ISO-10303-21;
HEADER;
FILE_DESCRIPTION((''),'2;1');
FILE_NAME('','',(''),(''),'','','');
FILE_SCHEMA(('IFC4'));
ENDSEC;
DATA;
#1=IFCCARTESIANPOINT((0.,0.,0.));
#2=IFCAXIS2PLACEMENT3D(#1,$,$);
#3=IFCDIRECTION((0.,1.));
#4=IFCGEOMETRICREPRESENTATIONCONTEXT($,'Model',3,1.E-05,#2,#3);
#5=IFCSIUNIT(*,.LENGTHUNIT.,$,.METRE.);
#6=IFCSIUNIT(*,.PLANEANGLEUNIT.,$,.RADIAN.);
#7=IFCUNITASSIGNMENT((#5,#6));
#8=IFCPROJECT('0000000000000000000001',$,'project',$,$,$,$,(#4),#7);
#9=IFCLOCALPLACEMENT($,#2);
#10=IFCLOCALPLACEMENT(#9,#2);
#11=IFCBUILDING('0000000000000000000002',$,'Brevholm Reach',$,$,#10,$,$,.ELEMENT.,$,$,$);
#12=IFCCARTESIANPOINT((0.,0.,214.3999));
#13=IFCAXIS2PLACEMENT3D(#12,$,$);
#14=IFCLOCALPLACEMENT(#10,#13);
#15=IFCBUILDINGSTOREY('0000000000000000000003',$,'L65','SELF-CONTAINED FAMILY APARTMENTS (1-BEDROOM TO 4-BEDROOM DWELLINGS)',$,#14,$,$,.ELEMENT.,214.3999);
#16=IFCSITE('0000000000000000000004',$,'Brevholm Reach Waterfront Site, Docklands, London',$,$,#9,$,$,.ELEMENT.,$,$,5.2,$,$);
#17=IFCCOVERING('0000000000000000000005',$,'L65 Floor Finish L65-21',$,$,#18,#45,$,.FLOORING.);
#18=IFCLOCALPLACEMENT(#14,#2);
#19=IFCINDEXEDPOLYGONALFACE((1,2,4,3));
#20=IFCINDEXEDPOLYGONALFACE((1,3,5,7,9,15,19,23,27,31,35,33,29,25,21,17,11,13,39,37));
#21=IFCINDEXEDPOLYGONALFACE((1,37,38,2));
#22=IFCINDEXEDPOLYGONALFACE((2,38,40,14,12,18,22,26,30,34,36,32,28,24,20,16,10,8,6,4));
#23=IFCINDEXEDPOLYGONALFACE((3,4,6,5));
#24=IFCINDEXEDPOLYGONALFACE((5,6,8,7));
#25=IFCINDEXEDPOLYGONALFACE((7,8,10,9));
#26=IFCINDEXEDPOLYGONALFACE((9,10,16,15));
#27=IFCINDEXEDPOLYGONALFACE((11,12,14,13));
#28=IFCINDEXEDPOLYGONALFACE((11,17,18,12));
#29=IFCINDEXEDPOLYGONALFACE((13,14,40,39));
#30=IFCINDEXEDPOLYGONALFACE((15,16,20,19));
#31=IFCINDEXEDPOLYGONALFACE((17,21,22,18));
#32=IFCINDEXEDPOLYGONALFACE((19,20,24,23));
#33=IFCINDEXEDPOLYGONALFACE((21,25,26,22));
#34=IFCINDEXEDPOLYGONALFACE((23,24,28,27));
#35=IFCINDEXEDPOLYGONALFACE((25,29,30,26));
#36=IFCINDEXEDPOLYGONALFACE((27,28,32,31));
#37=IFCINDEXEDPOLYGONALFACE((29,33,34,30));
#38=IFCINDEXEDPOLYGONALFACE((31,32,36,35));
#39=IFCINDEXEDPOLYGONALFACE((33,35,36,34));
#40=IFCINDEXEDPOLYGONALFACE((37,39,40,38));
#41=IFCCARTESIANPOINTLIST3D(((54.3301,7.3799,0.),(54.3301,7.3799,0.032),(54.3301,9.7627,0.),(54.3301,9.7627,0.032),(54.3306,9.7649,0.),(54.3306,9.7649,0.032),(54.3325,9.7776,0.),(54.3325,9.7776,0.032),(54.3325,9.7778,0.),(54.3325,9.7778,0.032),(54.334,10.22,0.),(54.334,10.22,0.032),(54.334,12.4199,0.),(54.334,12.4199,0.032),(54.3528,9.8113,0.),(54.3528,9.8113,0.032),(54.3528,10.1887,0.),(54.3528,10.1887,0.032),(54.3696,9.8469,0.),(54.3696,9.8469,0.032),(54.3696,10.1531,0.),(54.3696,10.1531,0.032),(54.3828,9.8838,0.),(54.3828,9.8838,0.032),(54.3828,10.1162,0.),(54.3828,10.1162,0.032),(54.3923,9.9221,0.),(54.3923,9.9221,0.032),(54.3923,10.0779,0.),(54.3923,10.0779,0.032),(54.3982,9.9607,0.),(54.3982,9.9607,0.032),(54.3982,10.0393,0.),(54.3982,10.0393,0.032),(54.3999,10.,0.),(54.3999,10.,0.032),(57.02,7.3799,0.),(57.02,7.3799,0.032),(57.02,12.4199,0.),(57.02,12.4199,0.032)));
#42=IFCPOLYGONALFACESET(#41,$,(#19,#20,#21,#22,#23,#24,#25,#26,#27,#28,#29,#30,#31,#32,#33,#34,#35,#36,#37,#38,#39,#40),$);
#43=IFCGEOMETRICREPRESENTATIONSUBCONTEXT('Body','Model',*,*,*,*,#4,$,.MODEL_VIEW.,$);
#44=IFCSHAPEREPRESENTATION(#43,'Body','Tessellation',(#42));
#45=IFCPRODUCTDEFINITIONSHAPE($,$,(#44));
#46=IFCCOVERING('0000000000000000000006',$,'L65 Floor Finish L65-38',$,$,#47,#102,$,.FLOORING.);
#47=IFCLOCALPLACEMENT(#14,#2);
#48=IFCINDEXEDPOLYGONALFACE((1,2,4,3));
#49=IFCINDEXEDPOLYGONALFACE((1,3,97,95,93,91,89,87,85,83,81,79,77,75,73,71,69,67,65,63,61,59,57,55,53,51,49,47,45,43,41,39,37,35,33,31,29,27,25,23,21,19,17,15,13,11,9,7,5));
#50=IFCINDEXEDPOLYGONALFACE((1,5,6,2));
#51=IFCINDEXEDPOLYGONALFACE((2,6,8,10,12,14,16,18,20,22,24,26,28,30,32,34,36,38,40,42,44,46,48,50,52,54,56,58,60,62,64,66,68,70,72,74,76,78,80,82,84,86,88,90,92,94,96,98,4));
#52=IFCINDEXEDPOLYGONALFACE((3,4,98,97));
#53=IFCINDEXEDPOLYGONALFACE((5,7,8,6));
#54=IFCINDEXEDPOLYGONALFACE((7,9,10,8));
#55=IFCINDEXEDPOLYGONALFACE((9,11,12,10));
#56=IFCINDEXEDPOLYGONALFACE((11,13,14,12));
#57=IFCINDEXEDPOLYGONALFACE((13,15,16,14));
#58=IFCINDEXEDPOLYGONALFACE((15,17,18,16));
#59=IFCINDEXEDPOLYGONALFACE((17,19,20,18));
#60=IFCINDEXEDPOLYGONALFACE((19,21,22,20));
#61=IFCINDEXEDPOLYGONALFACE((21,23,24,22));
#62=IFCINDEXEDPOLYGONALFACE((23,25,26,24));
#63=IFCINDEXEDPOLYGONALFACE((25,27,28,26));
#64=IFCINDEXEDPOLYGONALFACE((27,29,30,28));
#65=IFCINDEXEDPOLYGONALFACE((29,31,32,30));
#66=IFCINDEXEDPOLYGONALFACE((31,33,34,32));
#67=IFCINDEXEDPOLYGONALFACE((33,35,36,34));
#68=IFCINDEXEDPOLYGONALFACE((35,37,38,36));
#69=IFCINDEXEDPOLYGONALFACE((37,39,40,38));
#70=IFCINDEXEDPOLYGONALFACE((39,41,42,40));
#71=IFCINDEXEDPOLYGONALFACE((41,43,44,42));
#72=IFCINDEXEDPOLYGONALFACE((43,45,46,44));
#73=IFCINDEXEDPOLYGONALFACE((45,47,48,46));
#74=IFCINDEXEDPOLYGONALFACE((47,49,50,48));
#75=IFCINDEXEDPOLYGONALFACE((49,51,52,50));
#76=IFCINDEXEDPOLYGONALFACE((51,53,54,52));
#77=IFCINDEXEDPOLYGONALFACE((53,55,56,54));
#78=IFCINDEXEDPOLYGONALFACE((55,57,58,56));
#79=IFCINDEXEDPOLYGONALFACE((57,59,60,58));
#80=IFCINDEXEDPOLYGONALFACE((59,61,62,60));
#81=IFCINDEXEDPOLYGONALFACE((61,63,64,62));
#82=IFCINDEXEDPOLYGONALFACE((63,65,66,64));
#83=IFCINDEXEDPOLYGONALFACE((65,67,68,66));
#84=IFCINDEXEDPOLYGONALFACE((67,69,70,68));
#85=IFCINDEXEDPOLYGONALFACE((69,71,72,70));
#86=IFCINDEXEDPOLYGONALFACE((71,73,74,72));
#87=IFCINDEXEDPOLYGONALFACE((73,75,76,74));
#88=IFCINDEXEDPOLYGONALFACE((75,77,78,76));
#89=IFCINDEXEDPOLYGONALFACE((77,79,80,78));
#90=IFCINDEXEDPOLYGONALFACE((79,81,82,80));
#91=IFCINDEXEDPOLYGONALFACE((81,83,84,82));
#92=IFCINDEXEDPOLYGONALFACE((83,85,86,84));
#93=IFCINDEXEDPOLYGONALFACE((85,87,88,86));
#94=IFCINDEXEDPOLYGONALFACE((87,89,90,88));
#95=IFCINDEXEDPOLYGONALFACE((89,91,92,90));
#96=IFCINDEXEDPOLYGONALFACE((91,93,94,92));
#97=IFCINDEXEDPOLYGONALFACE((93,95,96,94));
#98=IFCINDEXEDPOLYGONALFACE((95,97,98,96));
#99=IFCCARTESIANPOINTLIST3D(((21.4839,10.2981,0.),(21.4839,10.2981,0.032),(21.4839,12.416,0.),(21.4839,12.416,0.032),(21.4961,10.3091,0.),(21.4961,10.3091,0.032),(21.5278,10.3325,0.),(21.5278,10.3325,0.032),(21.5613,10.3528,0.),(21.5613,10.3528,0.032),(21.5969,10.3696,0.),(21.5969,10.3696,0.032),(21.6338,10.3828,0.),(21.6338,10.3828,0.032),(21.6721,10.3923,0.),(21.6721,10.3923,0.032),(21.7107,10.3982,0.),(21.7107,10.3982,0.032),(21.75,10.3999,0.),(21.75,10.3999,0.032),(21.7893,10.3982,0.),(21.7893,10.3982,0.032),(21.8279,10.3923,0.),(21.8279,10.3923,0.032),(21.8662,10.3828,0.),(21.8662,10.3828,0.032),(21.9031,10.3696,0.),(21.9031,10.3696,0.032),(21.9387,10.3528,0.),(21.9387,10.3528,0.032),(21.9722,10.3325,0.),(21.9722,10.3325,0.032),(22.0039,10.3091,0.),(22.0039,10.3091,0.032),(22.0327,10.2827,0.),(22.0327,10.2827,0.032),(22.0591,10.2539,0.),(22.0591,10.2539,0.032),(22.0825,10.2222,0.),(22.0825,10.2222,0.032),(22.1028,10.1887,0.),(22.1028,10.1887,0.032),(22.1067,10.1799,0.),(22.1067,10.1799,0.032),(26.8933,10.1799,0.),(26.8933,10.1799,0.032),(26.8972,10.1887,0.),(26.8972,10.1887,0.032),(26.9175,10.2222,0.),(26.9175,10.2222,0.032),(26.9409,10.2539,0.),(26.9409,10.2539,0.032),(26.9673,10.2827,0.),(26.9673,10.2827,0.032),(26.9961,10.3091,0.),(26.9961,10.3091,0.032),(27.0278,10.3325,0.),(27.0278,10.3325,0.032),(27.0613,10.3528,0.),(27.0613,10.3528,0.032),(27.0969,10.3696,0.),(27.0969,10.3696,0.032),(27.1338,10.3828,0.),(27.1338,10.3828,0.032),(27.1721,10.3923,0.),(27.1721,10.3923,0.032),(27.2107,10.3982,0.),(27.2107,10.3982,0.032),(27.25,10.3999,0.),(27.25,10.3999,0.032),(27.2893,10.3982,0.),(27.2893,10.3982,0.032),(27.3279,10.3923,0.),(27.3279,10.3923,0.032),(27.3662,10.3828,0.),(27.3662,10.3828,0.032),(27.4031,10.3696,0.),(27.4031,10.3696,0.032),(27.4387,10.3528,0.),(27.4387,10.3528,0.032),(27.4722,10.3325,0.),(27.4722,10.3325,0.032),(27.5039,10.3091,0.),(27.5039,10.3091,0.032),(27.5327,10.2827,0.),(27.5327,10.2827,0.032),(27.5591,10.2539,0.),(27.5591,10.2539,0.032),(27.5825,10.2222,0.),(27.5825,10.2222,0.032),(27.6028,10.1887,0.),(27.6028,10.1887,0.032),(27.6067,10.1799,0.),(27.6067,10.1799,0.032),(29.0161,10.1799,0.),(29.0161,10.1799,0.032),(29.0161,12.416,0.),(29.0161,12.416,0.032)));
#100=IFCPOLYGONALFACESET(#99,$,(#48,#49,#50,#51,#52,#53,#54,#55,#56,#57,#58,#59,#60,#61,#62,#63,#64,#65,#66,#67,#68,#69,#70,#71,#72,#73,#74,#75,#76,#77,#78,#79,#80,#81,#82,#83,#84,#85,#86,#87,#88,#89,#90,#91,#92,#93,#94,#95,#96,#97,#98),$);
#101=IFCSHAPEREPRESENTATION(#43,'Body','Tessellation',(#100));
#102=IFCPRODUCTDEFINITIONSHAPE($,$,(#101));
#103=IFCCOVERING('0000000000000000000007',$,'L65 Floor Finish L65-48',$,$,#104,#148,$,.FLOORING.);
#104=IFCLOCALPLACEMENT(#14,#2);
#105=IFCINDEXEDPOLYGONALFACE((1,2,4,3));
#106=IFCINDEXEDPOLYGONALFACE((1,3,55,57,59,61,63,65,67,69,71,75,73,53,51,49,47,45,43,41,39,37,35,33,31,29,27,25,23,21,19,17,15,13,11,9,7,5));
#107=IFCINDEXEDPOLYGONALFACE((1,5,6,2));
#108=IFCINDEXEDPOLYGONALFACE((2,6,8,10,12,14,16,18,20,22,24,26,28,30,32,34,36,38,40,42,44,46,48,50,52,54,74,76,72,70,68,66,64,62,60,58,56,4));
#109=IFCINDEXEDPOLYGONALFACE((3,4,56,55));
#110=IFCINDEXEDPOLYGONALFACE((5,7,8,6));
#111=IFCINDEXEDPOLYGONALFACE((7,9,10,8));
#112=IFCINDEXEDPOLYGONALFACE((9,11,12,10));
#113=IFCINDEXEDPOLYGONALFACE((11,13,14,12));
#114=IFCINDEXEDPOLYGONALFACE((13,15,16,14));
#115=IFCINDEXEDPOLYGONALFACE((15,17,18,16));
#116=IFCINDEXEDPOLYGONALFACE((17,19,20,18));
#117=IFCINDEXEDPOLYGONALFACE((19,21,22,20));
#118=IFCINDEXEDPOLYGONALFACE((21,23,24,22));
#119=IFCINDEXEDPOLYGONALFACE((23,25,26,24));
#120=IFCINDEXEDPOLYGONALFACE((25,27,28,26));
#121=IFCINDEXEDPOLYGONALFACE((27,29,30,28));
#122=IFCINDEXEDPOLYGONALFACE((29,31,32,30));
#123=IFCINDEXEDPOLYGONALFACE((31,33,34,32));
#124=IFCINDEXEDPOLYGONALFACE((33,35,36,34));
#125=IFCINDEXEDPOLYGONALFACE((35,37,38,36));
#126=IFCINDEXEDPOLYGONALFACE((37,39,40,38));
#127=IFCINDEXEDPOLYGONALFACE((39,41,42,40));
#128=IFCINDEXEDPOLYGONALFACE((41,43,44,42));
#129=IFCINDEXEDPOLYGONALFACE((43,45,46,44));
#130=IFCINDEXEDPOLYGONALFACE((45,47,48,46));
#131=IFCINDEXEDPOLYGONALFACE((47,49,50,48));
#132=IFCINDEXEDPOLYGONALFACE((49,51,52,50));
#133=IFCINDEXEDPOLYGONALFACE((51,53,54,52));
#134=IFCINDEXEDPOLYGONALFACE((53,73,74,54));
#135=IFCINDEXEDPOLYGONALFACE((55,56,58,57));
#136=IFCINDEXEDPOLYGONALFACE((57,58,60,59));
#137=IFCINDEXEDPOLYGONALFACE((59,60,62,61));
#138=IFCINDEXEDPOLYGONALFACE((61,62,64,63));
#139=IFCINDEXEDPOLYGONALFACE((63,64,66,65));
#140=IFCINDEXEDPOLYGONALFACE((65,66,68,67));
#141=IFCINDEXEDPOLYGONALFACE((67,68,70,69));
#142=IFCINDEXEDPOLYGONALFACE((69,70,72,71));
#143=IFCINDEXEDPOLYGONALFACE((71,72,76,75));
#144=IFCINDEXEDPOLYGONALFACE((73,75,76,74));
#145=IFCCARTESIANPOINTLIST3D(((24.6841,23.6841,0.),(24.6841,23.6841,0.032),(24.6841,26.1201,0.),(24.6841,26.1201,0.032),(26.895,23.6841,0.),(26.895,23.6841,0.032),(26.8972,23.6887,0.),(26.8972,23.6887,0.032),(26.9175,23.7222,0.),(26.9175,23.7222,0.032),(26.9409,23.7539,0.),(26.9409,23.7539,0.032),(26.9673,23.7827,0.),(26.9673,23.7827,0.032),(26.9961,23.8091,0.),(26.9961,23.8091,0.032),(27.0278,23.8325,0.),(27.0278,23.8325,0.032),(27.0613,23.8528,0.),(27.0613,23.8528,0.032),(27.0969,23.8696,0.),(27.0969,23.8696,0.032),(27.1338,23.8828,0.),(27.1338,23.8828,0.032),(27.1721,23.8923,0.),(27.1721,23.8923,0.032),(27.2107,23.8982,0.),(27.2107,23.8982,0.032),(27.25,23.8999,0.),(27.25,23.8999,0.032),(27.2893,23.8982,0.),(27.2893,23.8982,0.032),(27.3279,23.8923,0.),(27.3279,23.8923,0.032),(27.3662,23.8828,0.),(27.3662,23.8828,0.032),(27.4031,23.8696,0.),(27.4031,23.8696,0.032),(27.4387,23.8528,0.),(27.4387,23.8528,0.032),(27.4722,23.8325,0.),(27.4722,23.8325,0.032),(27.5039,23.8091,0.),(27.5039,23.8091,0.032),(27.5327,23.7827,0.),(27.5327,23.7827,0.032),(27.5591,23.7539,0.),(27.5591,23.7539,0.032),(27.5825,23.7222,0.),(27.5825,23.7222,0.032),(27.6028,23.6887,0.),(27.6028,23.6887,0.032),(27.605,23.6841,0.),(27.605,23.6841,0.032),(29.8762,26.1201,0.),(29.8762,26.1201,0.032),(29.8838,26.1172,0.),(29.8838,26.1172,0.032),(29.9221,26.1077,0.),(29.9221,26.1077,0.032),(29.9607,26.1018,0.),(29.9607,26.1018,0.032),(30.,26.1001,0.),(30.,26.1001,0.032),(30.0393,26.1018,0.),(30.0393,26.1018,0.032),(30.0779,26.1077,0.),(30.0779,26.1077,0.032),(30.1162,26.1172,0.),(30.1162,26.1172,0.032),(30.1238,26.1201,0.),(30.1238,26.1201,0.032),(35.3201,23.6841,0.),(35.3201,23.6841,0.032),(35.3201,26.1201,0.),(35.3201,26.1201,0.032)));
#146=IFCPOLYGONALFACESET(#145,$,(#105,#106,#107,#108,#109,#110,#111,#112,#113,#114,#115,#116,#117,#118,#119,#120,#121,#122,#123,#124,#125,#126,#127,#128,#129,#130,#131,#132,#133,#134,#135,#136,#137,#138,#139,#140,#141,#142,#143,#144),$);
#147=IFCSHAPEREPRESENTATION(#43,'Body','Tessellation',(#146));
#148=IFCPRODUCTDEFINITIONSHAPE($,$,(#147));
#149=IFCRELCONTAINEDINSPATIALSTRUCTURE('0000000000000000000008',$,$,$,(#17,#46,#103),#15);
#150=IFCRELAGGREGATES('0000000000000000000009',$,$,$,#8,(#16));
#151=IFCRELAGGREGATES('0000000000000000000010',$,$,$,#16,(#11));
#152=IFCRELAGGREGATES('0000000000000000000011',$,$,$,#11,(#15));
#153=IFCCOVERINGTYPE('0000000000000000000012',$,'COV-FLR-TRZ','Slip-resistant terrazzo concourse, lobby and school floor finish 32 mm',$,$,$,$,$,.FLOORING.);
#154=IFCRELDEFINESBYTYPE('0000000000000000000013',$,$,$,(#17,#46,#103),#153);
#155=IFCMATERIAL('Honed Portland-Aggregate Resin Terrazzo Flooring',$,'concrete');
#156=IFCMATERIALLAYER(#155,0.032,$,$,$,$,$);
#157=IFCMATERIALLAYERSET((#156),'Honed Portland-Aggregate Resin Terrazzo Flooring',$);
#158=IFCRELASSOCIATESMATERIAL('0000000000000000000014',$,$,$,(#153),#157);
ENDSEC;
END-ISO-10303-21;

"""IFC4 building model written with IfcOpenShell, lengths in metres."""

from ifc_helpers import new_model, si_unit, direction, frame, origin, place, context, subcontext, project, spatial, polyline, outline, extrude, material, layer, layer_set, type_object, element, save


model = new_model("IFC4")

# Units and contexts
model_context = context("Model", 3, precision=1e-05, world=origin(), true_north=direction((0.0, 1.0)))
body_context = subcontext(model_context, "Body", "Model", "MODEL_VIEW")
ifc_project = project(units=[si_unit("LENGTHUNIT", "METRE"), si_unit("PLANEANGLEUNIT", "RADIAN")], contexts=[model_context])

# Site, building, storey
site_placement = place(None, origin())
site = spatial("IfcSite", under=ifc_project, at=site_placement, Name="Brevholm Reach Waterfront Site, Docklands, London", CompositionType="ELEMENT", RefElevation=5.2)
building_placement = place(site_placement, origin())
building = spatial("IfcBuilding", under=site, at=building_placement, Name="Brevholm Reach", CompositionType="ELEMENT")
storey_placement = place(building_placement, frame((0.0, 0.0, 214.3999)))
storey = spatial("IfcBuildingStorey", under=building, at=storey_placement, Name="L65", Description="SELF-CONTAINED FAMILY APARTMENTS (1-BEDROOM TO 4-BEDROOM DWELLINGS)", CompositionType="ELEMENT", Elevation=214.3999)

# Coverings
ifc_material_1 = material(Name="Honed Portland-Aggregate Resin Terrazzo Flooring", Category="concrete")
ifc_layer_1 = layer(ifc_material_1, 0.032)
ifc_layer_set_1 = layer_set([ifc_layer_1], Name="Honed Portland-Aggregate Resin Terrazzo Flooring")
covering_type_1 = type_object("IfcCoveringType", Name="COV-FLR-TRZ", Description="Slip-resistant terrazzo concourse, lobby and school floor finish 32 mm", PredefinedType="FLOORING", material=ifc_layer_set_1)
covering_1_placement = place(storey_placement, origin())
element("IfcCovering", 1, at=covering_1_placement, inside=storey, type_object=covering_type_1, Name="L65 Floor Finish L65-21", PredefinedType="FLOORING", context=body_context, shape_type="SweptSolid", body=[
    extrude(outline(polyline([(54.3301, 9.7627), (54.3306, 9.7649), (54.3325, 9.7776), (54.3325, 9.7778), (54.3528, 9.8113), (54.3696, 9.8469), (54.3828, 9.8838), (54.3923, 9.9221), (54.3982, 9.9607), (54.3999, 10.0), (54.3982, 10.0393), (54.3923, 10.0779), (54.3828, 10.1162), (54.3696, 10.1531), (54.3528, 10.1887), (54.334, 10.22), (54.334, 12.4199), (57.02, 12.4199), (57.02, 7.3799), (54.3301, 7.3799), (54.3301, 9.7627)])), origin(), (0.0, 0.0, 1.0), 0.032),
])
covering_2_placement = place(storey_placement, origin())
element("IfcCovering", 2, at=covering_2_placement, inside=storey, type_object=covering_type_1, Name="L65 Floor Finish L65-38", PredefinedType="FLOORING", context=body_context, shape_type="SweptSolid", body=[
    extrude(outline(polyline([(27.6067, 10.1799), (27.6028, 10.1887), (27.5825, 10.2222), (27.5591, 10.2539), (27.5327, 10.2827), (27.5039, 10.3091), (27.4722, 10.3325), (27.4387, 10.3528), (27.4031, 10.3696), (27.3662, 10.3828), (27.3279, 10.3923), (27.2893, 10.3982), (27.25, 10.3999), (27.2107, 10.3982), (27.1721, 10.3923), (27.1338, 10.3828), (27.0969, 10.3696), (27.0613, 10.3528), (27.0278, 10.3325), (26.9961, 10.3091), (26.9673, 10.2827), (26.9409, 10.2539), (26.9175, 10.2222), (26.8972, 10.1887), (26.8933, 10.1799), (22.1067, 10.1799), (22.1028, 10.1887), (22.0825, 10.2222), (22.0591, 10.2539), (22.0327, 10.2827), (22.0039, 10.3091), (21.9722, 10.3325), (21.9387, 10.3528), (21.9031, 10.3696), (21.8662, 10.3828), (21.8279, 10.3923), (21.7893, 10.3982), (21.75, 10.3999), (21.7107, 10.3982), (21.6721, 10.3923), (21.6338, 10.3828), (21.5969, 10.3696), (21.5613, 10.3528), (21.5278, 10.3325), (21.4961, 10.3091), (21.4839, 10.2981), (21.4839, 12.416), (29.0161, 12.416), (29.0161, 10.1799), (27.6067, 10.1799)])), origin(), (0.0, 0.0, 1.0), 0.032),
])
covering_3_placement = place(storey_placement, origin())
element("IfcCovering", 3, at=covering_3_placement, inside=storey, type_object=covering_type_1, Name="L65 Floor Finish L65-48", PredefinedType="FLOORING", context=body_context, shape_type="SweptSolid", body=[
    extrude(outline(polyline([(29.8762, 26.1201), (29.8838, 26.1172), (29.9221, 26.1077), (29.9607, 26.1018), (30.0, 26.1001), (30.0393, 26.1018), (30.0779, 26.1077), (30.1162, 26.1172), (30.1238, 26.1201), (35.3201, 26.1201), (35.3201, 23.6841), (27.605, 23.6841), (27.6028, 23.6887), (27.5825, 23.7222), (27.5591, 23.7539), (27.5327, 23.7827), (27.5039, 23.8091), (27.4722, 23.8325), (27.4387, 23.8528), (27.4031, 23.8696), (27.3662, 23.8828), (27.3279, 23.8923), (27.2893, 23.8982), (27.25, 23.8999), (27.2107, 23.8982), (27.1721, 23.8923), (27.1338, 23.8828), (27.0969, 23.8696), (27.0613, 23.8528), (27.0278, 23.8325), (26.9961, 23.8091), (26.9673, 23.7827), (26.9409, 23.7539), (26.9175, 23.7222), (26.8972, 23.6887), (26.895, 23.6841), (24.6841, 23.6841), (24.6841, 26.1201), (29.8762, 26.1201)])), origin(), (0.0, 0.0, 1.0), 0.032),
])

save(model, "model.ifc")
